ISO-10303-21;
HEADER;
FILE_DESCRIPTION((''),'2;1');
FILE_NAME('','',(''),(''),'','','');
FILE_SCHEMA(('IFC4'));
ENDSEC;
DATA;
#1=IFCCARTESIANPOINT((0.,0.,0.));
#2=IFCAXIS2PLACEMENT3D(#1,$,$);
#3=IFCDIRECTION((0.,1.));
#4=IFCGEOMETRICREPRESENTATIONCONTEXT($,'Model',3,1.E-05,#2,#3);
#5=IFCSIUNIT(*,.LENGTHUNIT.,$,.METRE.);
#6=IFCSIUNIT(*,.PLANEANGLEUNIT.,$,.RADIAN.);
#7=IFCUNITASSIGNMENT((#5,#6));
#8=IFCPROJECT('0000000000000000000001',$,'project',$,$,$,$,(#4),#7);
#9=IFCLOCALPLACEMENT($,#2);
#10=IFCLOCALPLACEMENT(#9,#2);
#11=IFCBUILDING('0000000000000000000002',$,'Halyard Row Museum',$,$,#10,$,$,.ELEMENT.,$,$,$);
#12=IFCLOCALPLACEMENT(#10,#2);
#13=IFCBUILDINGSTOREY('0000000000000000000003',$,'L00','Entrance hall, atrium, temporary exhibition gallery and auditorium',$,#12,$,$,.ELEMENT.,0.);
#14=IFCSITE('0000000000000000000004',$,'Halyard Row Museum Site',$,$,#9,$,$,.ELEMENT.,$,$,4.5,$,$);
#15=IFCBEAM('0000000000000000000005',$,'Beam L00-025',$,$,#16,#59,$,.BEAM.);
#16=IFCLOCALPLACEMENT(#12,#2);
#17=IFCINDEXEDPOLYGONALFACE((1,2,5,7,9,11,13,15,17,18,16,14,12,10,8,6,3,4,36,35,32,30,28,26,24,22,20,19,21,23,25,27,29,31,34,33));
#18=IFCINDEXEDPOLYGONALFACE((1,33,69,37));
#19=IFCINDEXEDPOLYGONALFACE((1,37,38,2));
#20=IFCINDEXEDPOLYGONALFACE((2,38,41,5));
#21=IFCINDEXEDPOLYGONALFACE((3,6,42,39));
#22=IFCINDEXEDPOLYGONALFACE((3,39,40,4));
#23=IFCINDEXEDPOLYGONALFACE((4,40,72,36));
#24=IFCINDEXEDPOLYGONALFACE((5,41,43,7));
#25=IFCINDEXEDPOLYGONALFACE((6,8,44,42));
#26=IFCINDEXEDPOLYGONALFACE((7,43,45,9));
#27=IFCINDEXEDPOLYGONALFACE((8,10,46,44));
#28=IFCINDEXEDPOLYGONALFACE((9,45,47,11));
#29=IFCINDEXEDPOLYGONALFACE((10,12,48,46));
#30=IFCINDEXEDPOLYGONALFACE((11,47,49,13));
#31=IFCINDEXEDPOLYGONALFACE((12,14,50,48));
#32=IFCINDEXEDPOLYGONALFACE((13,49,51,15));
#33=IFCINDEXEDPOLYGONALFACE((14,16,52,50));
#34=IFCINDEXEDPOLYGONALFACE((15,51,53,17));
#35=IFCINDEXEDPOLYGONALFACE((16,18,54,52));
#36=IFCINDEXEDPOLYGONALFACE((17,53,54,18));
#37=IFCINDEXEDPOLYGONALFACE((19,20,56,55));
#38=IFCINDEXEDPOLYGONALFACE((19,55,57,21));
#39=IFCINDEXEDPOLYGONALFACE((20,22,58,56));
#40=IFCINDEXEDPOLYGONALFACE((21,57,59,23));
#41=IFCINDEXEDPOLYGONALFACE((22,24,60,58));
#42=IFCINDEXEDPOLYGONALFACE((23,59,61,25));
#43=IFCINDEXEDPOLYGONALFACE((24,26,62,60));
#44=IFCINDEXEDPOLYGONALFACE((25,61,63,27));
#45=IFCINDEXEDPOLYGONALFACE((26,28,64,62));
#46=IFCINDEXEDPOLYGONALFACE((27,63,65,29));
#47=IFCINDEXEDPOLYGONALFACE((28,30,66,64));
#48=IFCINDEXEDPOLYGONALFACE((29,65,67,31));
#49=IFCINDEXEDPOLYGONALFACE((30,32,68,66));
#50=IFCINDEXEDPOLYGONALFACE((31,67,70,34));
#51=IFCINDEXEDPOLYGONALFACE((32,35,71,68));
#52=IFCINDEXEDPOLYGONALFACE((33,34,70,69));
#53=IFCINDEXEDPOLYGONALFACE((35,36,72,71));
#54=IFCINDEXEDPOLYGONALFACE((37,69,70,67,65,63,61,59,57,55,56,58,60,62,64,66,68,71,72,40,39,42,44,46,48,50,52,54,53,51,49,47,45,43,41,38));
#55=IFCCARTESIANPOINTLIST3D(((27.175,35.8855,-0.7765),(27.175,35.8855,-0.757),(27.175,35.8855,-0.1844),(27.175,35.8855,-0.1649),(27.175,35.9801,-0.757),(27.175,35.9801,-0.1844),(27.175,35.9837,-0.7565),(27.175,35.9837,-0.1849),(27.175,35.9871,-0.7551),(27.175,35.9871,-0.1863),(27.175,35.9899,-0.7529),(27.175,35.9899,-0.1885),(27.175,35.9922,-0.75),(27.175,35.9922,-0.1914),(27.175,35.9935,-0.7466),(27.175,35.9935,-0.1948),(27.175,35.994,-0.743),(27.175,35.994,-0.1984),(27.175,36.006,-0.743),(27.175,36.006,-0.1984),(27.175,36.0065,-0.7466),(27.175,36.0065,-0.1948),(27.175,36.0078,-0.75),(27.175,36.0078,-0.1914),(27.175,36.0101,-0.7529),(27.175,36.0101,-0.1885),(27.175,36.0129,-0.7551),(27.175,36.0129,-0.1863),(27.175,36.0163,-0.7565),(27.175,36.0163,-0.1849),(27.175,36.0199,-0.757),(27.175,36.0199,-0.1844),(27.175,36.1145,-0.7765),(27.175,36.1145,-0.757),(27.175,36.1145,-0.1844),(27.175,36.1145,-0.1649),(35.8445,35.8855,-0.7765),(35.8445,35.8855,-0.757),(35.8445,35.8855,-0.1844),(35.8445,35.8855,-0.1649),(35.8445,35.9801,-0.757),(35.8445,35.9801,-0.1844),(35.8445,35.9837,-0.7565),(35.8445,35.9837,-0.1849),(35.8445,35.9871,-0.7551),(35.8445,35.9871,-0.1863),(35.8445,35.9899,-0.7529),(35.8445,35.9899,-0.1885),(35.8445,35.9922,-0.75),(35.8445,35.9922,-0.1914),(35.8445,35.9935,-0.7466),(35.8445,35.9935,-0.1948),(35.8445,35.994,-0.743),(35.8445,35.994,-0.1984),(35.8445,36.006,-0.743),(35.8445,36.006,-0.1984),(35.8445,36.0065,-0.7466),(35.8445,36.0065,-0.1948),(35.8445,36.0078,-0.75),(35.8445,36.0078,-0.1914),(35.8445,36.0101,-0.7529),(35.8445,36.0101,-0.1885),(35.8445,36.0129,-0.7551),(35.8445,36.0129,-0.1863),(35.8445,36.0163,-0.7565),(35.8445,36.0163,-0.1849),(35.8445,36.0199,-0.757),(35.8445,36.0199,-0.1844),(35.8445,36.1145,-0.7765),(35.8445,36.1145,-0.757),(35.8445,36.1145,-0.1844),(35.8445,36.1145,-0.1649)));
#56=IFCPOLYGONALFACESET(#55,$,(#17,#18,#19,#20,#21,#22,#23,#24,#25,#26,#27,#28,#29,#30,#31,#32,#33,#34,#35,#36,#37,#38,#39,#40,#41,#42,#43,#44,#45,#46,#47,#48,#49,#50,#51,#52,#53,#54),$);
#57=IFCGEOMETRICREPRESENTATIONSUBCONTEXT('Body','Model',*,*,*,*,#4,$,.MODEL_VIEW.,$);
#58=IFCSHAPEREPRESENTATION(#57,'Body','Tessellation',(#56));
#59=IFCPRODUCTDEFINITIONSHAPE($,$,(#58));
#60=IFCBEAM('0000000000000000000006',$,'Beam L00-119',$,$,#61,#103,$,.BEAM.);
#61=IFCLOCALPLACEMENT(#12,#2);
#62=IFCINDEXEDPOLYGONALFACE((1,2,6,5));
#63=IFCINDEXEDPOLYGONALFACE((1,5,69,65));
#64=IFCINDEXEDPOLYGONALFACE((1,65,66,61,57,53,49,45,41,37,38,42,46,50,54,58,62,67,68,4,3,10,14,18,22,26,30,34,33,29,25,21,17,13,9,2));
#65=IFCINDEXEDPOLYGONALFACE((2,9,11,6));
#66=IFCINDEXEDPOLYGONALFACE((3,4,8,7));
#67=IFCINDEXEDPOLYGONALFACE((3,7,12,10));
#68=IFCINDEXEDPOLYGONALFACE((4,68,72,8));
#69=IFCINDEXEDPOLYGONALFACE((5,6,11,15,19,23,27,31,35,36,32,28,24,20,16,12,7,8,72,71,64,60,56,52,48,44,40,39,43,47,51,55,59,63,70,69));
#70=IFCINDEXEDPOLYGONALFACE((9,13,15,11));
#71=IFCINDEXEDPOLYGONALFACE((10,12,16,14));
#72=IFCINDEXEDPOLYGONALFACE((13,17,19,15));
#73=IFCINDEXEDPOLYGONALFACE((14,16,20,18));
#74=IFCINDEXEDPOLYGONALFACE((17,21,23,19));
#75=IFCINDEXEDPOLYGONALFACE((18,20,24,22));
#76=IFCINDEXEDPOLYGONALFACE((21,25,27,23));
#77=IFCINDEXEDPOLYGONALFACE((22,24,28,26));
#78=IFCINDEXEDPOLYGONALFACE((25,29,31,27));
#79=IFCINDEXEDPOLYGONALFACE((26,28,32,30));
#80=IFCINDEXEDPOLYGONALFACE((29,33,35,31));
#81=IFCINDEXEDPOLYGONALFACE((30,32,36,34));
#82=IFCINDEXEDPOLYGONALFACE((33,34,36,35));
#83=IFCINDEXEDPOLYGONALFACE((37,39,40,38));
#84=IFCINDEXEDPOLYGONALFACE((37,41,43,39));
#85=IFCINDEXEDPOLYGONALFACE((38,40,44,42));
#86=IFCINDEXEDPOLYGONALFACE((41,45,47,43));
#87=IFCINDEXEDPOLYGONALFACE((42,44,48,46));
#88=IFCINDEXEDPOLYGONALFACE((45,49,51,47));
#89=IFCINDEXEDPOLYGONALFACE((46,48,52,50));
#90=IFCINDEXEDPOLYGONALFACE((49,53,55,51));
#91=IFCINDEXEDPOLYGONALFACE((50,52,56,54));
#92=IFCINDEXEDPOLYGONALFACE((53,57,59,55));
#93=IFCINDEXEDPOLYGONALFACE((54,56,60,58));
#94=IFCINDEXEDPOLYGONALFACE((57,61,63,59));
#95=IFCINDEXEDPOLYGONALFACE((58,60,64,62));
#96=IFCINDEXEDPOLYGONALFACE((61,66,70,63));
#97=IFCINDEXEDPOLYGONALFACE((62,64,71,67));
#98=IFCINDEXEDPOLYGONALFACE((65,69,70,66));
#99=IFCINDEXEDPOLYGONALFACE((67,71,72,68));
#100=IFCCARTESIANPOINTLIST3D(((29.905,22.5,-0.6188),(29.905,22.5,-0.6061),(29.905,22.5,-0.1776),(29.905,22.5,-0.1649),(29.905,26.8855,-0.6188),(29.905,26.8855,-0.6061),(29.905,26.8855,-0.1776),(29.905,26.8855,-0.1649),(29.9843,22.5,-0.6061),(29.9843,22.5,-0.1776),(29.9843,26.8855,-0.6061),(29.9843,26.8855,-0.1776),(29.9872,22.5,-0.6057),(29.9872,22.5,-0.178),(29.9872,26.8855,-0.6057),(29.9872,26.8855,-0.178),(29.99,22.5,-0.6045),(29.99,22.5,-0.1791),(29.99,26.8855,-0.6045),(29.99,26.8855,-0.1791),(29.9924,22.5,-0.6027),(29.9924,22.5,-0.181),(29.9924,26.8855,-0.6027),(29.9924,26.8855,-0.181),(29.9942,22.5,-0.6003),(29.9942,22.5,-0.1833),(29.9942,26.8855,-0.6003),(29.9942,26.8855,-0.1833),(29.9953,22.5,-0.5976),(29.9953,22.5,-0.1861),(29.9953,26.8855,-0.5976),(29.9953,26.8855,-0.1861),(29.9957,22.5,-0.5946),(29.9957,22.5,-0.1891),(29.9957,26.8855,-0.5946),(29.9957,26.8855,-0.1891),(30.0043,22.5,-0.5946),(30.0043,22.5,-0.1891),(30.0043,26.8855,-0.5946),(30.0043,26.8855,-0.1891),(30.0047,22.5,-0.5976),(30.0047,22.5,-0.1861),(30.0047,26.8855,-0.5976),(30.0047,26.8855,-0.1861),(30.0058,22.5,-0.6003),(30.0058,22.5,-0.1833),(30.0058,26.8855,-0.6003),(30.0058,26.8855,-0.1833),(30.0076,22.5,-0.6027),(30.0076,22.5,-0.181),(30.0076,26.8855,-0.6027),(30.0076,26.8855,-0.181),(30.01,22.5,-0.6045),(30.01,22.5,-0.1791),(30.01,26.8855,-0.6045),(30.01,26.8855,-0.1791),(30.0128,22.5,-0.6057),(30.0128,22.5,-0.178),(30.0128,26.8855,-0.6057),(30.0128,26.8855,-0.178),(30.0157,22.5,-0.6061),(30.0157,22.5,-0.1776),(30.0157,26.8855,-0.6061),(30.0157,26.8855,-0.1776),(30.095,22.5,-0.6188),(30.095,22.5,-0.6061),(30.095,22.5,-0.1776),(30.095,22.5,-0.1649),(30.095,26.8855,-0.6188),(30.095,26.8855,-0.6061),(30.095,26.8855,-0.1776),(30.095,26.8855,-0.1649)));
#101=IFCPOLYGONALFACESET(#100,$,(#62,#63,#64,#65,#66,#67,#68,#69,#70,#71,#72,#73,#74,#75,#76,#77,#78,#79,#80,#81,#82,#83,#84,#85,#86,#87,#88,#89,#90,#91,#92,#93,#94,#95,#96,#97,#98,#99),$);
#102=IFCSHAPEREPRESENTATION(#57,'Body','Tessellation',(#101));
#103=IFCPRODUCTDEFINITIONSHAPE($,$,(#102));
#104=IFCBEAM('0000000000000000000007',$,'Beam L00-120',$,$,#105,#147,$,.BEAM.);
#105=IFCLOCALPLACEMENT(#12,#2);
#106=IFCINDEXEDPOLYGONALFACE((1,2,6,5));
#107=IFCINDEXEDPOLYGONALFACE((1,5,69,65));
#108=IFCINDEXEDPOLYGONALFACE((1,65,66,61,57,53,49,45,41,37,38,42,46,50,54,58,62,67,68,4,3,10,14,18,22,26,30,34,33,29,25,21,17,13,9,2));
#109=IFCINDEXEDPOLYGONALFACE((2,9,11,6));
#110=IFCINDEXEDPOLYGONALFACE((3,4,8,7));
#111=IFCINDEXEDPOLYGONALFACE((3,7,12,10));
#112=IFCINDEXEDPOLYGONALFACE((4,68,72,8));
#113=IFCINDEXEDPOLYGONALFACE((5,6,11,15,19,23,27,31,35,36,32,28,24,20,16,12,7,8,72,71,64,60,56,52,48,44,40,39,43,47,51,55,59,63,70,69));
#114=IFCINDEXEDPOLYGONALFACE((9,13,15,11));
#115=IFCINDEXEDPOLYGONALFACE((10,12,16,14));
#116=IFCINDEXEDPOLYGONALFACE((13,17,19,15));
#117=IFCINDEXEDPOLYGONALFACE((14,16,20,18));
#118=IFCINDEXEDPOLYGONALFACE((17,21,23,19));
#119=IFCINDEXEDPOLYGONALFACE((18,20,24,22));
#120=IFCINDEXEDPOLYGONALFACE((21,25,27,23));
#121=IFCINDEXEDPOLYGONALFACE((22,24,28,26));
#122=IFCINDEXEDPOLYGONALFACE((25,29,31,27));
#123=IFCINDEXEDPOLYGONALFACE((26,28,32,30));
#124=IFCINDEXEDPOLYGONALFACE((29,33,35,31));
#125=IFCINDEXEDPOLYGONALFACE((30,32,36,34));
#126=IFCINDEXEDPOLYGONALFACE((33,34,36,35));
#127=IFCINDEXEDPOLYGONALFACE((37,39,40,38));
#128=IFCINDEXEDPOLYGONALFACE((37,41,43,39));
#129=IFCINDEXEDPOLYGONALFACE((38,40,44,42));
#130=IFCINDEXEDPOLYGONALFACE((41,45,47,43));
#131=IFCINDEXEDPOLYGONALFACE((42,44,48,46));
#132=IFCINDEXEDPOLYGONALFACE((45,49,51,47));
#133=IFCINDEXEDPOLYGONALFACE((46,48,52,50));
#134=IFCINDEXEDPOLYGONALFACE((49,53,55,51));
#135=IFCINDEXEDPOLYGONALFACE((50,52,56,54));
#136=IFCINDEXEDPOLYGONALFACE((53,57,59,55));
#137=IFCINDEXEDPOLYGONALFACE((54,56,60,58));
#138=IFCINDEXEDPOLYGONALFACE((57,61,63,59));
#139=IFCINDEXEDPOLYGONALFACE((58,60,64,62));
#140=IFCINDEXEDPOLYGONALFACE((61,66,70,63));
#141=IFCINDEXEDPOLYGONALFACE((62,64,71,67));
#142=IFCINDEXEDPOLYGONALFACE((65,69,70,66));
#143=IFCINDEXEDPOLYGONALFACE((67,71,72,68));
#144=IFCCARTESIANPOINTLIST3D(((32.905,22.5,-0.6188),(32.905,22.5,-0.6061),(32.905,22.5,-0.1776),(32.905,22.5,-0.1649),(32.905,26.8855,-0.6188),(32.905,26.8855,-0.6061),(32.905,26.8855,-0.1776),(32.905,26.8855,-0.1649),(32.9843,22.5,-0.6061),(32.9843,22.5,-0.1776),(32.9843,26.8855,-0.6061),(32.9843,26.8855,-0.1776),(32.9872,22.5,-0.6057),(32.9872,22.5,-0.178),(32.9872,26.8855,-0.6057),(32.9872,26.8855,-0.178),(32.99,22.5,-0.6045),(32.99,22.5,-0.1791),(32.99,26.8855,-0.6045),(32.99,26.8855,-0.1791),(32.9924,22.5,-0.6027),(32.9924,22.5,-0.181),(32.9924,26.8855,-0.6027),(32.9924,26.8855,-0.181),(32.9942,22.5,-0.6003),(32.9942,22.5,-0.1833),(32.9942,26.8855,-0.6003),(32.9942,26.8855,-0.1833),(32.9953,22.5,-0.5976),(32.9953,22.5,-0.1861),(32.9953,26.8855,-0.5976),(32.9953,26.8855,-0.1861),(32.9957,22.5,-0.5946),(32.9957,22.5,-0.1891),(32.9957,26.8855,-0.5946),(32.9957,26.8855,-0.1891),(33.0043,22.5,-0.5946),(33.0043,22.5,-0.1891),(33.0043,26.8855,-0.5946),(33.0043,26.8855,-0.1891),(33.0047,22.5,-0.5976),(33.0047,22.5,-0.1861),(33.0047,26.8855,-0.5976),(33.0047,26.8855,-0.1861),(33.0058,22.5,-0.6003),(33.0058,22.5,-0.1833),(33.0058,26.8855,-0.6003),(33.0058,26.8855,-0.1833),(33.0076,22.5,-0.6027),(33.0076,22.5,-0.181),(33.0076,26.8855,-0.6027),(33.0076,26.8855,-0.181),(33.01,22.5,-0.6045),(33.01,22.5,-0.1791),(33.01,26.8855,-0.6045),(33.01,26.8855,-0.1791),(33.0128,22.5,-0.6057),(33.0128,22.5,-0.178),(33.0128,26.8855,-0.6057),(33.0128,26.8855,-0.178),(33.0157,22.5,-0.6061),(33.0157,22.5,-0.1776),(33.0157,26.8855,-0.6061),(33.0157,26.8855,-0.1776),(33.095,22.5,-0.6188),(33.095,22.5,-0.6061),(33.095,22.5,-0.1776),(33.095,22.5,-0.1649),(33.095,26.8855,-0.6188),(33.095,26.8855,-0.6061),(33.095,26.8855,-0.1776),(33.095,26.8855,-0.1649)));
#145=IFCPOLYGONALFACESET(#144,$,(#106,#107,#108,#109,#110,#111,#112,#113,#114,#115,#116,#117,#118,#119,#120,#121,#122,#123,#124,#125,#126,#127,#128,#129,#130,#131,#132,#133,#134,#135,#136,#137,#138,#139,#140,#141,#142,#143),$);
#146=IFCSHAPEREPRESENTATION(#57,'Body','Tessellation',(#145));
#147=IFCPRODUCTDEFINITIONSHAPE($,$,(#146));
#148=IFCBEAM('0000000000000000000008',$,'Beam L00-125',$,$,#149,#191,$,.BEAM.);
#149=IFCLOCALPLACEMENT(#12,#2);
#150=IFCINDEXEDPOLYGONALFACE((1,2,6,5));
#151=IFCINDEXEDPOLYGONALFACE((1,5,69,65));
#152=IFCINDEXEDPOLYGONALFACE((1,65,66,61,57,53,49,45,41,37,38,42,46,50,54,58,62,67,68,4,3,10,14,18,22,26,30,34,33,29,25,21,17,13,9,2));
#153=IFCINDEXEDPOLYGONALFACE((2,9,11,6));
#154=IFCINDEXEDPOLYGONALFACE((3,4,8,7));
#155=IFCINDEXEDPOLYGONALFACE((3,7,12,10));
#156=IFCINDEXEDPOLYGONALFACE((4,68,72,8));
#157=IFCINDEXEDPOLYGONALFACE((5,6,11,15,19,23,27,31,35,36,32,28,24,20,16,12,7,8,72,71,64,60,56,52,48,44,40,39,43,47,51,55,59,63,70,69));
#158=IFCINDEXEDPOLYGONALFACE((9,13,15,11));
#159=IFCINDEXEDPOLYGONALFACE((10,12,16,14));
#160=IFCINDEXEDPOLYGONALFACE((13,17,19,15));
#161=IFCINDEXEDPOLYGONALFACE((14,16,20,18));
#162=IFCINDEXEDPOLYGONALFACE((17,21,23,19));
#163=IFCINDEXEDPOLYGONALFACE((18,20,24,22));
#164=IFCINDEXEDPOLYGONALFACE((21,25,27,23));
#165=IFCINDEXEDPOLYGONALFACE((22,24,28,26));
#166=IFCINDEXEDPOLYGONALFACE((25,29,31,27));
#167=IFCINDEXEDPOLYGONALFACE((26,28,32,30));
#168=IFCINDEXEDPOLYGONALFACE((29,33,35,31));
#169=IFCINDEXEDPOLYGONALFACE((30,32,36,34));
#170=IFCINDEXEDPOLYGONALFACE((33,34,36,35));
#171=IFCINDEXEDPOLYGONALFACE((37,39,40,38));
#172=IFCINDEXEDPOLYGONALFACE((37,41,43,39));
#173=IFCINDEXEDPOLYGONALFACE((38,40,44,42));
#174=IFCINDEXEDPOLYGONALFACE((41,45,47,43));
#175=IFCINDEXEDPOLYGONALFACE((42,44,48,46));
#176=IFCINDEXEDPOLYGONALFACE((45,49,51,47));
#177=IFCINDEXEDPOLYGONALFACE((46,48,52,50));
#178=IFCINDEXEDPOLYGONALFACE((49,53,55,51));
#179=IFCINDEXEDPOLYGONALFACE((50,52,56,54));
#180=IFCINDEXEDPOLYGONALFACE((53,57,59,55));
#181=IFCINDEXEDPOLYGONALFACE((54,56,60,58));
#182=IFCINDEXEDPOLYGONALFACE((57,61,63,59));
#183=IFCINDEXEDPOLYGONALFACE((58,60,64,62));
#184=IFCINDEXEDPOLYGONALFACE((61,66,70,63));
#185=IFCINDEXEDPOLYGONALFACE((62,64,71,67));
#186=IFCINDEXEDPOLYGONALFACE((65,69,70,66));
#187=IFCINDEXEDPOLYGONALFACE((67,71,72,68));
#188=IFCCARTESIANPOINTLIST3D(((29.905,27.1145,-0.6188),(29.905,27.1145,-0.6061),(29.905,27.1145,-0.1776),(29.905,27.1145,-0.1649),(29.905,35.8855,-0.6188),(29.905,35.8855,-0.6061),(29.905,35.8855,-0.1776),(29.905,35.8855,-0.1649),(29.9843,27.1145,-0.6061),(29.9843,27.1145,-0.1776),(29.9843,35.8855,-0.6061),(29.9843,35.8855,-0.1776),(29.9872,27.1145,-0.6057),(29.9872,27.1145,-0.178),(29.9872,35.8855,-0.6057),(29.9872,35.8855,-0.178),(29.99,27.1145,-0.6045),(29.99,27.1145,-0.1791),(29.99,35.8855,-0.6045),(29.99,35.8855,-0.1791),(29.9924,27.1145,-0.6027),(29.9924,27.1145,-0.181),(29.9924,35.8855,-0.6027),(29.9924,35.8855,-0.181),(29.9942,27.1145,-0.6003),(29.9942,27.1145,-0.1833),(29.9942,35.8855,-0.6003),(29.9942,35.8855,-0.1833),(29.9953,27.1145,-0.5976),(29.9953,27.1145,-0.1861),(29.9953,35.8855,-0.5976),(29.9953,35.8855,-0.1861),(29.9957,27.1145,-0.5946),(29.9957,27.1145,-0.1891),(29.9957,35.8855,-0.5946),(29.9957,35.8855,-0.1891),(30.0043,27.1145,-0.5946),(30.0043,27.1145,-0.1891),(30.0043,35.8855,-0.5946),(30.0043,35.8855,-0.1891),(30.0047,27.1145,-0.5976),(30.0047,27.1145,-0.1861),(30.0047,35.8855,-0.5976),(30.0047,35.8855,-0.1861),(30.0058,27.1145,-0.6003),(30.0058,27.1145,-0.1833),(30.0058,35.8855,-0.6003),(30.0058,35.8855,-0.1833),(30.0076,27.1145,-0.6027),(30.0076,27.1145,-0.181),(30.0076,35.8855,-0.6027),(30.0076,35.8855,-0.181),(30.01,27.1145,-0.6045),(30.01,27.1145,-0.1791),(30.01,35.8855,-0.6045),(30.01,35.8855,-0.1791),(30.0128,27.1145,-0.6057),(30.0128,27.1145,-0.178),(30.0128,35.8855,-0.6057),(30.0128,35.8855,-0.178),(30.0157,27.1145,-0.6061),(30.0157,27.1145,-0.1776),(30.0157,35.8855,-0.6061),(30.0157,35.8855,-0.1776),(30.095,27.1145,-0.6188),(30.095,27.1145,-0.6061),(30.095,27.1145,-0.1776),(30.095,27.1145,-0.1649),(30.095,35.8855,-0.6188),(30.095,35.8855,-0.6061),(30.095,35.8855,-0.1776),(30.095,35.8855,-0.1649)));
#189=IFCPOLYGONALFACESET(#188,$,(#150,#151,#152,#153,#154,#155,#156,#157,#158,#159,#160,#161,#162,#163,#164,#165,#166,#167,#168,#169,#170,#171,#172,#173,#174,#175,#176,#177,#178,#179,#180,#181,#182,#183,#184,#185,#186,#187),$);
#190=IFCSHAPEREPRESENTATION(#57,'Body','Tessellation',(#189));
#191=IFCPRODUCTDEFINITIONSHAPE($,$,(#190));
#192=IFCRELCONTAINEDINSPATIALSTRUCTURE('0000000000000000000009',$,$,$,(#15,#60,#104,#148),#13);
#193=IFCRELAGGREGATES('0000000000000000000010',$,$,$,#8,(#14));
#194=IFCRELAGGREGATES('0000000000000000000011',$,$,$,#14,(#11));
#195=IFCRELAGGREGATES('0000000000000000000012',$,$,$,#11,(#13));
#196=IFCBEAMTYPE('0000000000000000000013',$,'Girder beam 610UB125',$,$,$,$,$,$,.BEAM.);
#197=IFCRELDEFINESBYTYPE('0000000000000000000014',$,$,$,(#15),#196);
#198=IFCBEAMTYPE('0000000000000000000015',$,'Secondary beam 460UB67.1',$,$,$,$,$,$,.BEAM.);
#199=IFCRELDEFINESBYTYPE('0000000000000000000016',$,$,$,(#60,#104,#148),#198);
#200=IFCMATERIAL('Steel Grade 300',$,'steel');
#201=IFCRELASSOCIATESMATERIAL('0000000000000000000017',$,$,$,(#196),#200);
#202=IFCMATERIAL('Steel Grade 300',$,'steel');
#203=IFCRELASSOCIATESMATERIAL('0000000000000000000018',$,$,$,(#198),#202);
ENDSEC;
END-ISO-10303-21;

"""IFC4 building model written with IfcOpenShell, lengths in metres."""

from ifc_helpers import new_model, si_unit, direction, frame, origin, origin_2d, place, context, subcontext, project, spatial, i_section, extrude, material, material_profile, profile_set, type_object, element, save


model = new_model("IFC4")

# Units and contexts
model_context = context("Model", 3, precision=1e-05, world=origin(), true_north=direction((0.0, 1.0)))
body_context = subcontext(model_context, "Body", "Model", "MODEL_VIEW")
ifc_project = project(units=[si_unit("LENGTHUNIT", "METRE"), si_unit("PLANEANGLEUNIT", "RADIAN")], contexts=[model_context])

# Site, building, storey
site_placement = place(None, origin())
site = spatial("IfcSite", under=ifc_project, at=site_placement, Name="Halyard Row Museum Site", CompositionType="ELEMENT", RefElevation=4.5)
building_placement = place(site_placement, origin())
building = spatial("IfcBuilding", under=site, at=building_placement, Name="Halyard Row Museum", CompositionType="ELEMENT")
storey_placement = place(building_placement, origin())
storey = spatial("IfcBuildingStorey", under=building, at=storey_placement, Name="L00", Description="Entrance hall, atrium, temporary exhibition gallery and auditorium", CompositionType="ELEMENT", Elevation=0.0)

# Beams
ifc_material_1 = material(Name="Steel Grade 300", Category="steel")
ifc_material_profile_1 = material_profile(ifc_material_1, i_section(OverallWidth=0.229, OverallDepth=0.6116, WebThickness=0.012, FlangeThickness=0.0195, FilletRadius=0.0139, at=origin_2d()), Name="610UB125")
ifc_profile_set_1 = profile_set([ifc_material_profile_1], Name="Steel Grade 300")
beam_type_1 = type_object("IfcBeamType", Name="Girder beam 610UB125", PredefinedType="BEAM", material=ifc_profile_set_1)
for number, where, z_axis, x_axis, name in (
    (1, (27.175, 36.0, -0.4707), (1.0, 0.0, 0.0), (0.0, 1.0, 0.0), "Beam L00-025"),
):
    element("IfcBeam", number, at=place(storey_placement, frame(where, z_axis=z_axis, x_axis=x_axis)), inside=storey, type_object=beam_type_1, Name=name, PredefinedType="BEAM", context=body_context, shape_type="SweptSolid", body=[
        extrude(i_section(OverallWidth=0.229, OverallDepth=0.6116, WebThickness=0.012, FlangeThickness=0.0195, FilletRadius=0.0139, at=origin_2d()), origin(), (0.0, 0.0, 1.0), 8.6694),
    ])
ifc_material_2 = material(Name="Steel Grade 300", Category="steel")
ifc_material_profile_2 = material_profile(ifc_material_2, i_section(OverallWidth=0.1899, OverallDepth=0.4539, WebThickness=0.0085, FlangeThickness=0.0127, FilletRadius=0.0115, at=origin_2d()), Name="460UB67.1")
ifc_profile_set_2 = profile_set([ifc_material_profile_2], Name="Steel Grade 300")
beam_type_2 = type_object("IfcBeamType", Name="Secondary beam 460UB67.1", PredefinedType="BEAM", material=ifc_profile_set_2)
for number, where, z_axis, x_axis, name in (
    (2, (30.0, 22.5, -0.3918), (0.0, 1.0, 0.0), (-1.0, 0.0, 0.0), "Beam L00-119"),
    (3, (33.0, 22.5, -0.3918), (0.0, 1.0, 0.0), (-1.0, 0.0, 0.0), "Beam L00-120"),
):
    element("IfcBeam", number, at=place(storey_placement, frame(where, z_axis=z_axis, x_axis=x_axis)), inside=storey, type_object=beam_type_2, Name=name, PredefinedType="BEAM", context=body_context, shape_type="SweptSolid", body=[
        extrude(i_section(OverallWidth=0.1899, OverallDepth=0.4539, WebThickness=0.0085, FlangeThickness=0.0127, FilletRadius=0.0115, at=origin_2d()), origin(), (0.0, 0.0, 1.0), 4.3855),
    ])
beam_1_placement = place(storey_placement, frame((30.0, 27.1145, -0.3918), z_axis=(0.0, 1.0, 0.0), x_axis=(-1.0, 0.0, 0.0)))
element("IfcBeam", 4, at=beam_1_placement, inside=storey, type_object=beam_type_2, Name="Beam L00-125", PredefinedType="BEAM", context=body_context, shape_type="SweptSolid", body=[
    extrude(i_section(OverallWidth=0.1899, OverallDepth=0.4539, WebThickness=0.0085, FlangeThickness=0.0127, FilletRadius=0.0115, at=origin_2d()), origin(), (0.0, 0.0, 1.0), 8.771),
])

save(model, "model.ifc")
